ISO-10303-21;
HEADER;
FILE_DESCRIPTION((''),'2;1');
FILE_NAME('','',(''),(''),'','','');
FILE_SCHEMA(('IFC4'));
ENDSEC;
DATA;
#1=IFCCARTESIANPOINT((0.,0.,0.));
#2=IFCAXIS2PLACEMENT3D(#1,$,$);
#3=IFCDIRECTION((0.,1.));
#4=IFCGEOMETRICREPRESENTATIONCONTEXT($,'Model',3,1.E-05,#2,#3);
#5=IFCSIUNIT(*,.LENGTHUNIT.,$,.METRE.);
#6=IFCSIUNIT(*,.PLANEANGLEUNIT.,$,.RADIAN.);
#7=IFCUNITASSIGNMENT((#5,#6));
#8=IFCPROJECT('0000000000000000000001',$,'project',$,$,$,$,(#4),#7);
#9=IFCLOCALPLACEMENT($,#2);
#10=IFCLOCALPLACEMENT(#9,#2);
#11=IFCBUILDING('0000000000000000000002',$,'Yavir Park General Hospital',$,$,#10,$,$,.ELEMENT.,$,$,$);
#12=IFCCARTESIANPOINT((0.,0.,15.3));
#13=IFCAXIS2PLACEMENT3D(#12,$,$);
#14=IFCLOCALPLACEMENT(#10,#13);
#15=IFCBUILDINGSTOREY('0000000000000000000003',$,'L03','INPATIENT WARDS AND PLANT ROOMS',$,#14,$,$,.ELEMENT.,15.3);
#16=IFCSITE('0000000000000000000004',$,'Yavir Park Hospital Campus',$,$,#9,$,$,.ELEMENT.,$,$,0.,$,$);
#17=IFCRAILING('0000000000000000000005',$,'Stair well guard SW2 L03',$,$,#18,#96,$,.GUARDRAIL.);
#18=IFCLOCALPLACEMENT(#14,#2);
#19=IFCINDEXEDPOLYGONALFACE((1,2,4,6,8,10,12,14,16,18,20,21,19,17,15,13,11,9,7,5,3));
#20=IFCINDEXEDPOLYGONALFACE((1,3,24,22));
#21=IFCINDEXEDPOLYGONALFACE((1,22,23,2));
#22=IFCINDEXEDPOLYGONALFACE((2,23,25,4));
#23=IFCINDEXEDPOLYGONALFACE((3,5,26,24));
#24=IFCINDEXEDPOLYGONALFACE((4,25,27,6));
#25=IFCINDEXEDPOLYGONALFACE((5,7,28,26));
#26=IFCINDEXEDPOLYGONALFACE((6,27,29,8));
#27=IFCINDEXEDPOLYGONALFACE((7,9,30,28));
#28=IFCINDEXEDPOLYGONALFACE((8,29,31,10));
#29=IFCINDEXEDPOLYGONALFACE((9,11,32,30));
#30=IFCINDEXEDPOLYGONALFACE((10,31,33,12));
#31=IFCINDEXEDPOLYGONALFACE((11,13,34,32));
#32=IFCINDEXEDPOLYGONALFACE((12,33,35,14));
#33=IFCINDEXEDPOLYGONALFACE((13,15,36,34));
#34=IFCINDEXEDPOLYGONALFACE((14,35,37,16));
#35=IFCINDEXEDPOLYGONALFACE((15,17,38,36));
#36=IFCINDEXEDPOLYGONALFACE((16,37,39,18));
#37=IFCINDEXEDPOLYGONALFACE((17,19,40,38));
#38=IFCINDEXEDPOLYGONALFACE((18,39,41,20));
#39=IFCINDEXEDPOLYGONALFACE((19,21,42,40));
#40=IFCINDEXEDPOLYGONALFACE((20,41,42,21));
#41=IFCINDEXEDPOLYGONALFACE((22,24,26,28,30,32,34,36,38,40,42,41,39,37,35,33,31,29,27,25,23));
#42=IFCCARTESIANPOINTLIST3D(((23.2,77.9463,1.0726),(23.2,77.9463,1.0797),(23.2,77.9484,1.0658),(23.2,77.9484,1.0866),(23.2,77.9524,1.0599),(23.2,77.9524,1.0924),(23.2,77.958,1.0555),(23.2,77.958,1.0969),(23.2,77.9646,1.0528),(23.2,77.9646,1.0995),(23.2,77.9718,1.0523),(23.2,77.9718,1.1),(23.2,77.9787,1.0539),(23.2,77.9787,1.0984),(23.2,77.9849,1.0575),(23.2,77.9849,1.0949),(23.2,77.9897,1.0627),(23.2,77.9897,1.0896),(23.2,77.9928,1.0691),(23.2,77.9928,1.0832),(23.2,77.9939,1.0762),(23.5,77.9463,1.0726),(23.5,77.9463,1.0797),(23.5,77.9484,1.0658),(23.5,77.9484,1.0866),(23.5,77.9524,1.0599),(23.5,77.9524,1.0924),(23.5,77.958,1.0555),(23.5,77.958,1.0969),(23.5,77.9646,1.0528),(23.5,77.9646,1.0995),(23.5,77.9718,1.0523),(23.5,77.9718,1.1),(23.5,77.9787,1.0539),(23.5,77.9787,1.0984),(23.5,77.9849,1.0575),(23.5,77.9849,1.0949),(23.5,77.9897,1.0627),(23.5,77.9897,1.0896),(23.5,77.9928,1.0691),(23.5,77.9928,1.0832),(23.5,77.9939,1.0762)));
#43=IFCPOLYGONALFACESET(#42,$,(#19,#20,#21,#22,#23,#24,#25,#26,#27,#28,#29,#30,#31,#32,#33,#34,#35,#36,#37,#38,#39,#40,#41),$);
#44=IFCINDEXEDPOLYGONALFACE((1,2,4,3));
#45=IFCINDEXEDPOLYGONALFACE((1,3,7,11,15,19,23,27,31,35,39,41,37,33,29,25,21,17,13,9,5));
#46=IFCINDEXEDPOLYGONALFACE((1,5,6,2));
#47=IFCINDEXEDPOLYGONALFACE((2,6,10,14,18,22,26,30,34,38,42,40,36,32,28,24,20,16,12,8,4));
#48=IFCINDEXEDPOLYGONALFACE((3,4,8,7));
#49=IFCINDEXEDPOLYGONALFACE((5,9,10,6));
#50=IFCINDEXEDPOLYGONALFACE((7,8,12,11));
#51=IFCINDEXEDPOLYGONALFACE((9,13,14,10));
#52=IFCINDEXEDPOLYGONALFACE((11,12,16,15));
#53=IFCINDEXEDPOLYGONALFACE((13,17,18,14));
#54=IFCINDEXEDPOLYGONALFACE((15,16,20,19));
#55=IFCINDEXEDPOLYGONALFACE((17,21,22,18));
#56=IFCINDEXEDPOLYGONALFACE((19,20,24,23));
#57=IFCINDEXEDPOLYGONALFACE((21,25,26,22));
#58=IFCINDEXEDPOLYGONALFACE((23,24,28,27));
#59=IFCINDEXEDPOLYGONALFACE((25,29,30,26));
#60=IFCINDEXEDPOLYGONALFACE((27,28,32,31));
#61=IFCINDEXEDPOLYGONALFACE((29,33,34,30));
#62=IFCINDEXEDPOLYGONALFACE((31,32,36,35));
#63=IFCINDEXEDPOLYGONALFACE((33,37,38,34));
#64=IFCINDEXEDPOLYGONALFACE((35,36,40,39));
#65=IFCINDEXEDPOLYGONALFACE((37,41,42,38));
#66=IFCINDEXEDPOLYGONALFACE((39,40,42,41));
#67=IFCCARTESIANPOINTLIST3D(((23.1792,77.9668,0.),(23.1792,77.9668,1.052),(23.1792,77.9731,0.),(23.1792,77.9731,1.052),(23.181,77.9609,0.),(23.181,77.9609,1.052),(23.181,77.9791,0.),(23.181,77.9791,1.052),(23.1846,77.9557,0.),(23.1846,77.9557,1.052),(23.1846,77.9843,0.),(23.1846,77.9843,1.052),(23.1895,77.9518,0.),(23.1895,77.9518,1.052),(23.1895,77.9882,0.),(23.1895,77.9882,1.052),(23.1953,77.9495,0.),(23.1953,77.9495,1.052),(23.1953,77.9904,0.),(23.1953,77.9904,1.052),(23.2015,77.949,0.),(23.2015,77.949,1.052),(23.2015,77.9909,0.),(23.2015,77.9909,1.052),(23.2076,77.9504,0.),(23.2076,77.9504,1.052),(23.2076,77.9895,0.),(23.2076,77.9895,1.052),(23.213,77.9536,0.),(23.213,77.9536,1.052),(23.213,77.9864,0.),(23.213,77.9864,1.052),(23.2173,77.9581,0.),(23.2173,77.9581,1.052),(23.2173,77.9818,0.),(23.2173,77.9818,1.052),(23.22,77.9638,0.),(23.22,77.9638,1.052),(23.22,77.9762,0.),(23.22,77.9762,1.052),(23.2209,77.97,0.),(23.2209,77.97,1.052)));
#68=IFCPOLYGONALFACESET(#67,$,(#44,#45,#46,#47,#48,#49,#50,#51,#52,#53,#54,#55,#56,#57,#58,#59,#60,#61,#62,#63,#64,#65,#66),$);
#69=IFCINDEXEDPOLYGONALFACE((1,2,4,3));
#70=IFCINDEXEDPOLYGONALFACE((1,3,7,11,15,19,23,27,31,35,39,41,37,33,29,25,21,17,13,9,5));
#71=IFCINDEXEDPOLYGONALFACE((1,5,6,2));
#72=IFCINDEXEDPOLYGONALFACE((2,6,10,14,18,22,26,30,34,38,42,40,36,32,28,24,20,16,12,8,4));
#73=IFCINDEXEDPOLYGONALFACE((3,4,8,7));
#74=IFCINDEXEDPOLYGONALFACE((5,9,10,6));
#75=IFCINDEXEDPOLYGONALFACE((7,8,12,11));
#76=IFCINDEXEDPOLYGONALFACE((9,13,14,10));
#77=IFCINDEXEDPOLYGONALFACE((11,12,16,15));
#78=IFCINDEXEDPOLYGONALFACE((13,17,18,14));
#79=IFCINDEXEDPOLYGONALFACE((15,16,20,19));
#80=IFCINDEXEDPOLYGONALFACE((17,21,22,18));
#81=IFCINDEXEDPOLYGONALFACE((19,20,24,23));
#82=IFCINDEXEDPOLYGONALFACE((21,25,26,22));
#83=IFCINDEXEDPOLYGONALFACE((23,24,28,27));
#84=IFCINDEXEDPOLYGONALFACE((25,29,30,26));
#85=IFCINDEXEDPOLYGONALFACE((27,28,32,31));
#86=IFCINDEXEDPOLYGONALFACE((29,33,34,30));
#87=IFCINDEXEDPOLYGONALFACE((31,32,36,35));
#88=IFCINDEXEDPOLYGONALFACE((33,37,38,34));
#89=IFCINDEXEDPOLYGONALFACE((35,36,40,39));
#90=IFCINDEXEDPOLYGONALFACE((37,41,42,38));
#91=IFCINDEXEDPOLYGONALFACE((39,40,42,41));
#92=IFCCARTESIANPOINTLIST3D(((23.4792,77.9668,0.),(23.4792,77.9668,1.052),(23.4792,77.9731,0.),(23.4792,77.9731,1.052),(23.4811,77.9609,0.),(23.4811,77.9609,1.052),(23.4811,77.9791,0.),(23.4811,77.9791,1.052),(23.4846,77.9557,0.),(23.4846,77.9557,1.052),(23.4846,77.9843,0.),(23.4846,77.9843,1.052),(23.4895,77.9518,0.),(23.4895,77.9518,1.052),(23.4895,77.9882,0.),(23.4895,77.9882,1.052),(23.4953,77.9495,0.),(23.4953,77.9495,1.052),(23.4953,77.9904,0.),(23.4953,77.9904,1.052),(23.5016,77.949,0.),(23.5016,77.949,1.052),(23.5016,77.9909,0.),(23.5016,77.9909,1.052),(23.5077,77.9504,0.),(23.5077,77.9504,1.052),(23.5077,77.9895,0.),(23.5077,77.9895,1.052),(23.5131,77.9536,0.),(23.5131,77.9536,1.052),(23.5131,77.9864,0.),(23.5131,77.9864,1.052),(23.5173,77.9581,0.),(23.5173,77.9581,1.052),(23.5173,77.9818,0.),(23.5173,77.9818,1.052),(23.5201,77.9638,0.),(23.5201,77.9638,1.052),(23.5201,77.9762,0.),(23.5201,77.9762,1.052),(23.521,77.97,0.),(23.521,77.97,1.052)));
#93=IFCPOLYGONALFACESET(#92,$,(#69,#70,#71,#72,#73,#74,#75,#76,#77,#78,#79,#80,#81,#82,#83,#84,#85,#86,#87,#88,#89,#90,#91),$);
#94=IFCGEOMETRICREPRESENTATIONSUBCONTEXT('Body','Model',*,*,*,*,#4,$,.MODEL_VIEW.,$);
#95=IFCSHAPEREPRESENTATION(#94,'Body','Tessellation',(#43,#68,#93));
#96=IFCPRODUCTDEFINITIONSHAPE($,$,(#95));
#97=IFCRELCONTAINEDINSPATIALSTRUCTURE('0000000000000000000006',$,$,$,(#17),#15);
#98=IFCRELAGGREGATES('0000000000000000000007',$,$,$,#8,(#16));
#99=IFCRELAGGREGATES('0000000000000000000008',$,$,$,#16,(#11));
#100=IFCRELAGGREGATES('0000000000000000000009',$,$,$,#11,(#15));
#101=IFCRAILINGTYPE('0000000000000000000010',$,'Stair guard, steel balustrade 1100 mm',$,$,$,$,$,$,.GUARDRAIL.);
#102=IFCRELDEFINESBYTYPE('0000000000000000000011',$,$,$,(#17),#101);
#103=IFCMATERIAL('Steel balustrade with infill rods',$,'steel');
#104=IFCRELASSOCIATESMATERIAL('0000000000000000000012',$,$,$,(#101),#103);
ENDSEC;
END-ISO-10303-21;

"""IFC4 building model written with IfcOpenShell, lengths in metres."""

from ifc_helpers import new_model, si_unit, direction, frame, origin, origin_2d, place, context, subcontext, project, spatial, circle, extrude, material, type_object, element, save


model = new_model("IFC4")

# Units and contexts
model_context = context("Model", 3, precision=1e-05, world=origin(), true_north=direction((0.0, 1.0)))
body_context = subcontext(model_context, "Body", "Model", "MODEL_VIEW")
ifc_project = project(units=[si_unit("LENGTHUNIT", "METRE"), si_unit("PLANEANGLEUNIT", "RADIAN")], contexts=[model_context])

# Site, building, storey
site_placement = place(None, origin())
site = spatial("IfcSite", under=ifc_project, at=site_placement, Name="Yavir Park Hospital Campus", CompositionType="ELEMENT", RefElevation=0.0)
building_placement = place(site_placement, origin())
building = spatial("IfcBuilding", under=site, at=building_placement, Name="Yavir Park General Hospital", CompositionType="ELEMENT")
storey_placement = place(building_placement, frame((0.0, 0.0, 15.3)))
storey = spatial("IfcBuildingStorey", under=building, at=storey_placement, Name="L03", Description="INPATIENT WARDS AND PLANT ROOMS", CompositionType="ELEMENT", Elevation=15.3)

# Railing
ifc_material_1 = material(Name="Steel balustrade with infill rods", Category="steel")
railing_type_1 = type_object("IfcRailingType", Name="Stair guard, steel balustrade 1100 mm", PredefinedType="GUARDRAIL", material=ifc_material_1)
railing_placement = place(storey_placement, frame((23.2, 77.97, 0.0)))
element("IfcRailing", 1, at=railing_placement, inside=storey, type_object=railing_type_1, Name="Stair well guard SW2 L03", PredefinedType="GUARDRAIL", context=body_context, shape_type="SweptSolid", body=[
    extrude(circle(Radius=0.0239, at=origin_2d()), frame((0.0, 0.0, 1.0762), z_axis=(1.0, 0.0, 0.0), x_axis=(0.0, 1.0, 0.0)), (0.0, 0.0, 1.0), 0.3),
    extrude(circle(Radius=0.021, at=origin_2d()), origin(), (0.0, 0.0, 1.0), 1.052),
    extrude(circle(Radius=0.021, at=origin_2d()), frame((0.3, 0.0, 0.0)), (0.0, 0.0, 1.0), 1.052),
])

save(model, "model.ifc")
